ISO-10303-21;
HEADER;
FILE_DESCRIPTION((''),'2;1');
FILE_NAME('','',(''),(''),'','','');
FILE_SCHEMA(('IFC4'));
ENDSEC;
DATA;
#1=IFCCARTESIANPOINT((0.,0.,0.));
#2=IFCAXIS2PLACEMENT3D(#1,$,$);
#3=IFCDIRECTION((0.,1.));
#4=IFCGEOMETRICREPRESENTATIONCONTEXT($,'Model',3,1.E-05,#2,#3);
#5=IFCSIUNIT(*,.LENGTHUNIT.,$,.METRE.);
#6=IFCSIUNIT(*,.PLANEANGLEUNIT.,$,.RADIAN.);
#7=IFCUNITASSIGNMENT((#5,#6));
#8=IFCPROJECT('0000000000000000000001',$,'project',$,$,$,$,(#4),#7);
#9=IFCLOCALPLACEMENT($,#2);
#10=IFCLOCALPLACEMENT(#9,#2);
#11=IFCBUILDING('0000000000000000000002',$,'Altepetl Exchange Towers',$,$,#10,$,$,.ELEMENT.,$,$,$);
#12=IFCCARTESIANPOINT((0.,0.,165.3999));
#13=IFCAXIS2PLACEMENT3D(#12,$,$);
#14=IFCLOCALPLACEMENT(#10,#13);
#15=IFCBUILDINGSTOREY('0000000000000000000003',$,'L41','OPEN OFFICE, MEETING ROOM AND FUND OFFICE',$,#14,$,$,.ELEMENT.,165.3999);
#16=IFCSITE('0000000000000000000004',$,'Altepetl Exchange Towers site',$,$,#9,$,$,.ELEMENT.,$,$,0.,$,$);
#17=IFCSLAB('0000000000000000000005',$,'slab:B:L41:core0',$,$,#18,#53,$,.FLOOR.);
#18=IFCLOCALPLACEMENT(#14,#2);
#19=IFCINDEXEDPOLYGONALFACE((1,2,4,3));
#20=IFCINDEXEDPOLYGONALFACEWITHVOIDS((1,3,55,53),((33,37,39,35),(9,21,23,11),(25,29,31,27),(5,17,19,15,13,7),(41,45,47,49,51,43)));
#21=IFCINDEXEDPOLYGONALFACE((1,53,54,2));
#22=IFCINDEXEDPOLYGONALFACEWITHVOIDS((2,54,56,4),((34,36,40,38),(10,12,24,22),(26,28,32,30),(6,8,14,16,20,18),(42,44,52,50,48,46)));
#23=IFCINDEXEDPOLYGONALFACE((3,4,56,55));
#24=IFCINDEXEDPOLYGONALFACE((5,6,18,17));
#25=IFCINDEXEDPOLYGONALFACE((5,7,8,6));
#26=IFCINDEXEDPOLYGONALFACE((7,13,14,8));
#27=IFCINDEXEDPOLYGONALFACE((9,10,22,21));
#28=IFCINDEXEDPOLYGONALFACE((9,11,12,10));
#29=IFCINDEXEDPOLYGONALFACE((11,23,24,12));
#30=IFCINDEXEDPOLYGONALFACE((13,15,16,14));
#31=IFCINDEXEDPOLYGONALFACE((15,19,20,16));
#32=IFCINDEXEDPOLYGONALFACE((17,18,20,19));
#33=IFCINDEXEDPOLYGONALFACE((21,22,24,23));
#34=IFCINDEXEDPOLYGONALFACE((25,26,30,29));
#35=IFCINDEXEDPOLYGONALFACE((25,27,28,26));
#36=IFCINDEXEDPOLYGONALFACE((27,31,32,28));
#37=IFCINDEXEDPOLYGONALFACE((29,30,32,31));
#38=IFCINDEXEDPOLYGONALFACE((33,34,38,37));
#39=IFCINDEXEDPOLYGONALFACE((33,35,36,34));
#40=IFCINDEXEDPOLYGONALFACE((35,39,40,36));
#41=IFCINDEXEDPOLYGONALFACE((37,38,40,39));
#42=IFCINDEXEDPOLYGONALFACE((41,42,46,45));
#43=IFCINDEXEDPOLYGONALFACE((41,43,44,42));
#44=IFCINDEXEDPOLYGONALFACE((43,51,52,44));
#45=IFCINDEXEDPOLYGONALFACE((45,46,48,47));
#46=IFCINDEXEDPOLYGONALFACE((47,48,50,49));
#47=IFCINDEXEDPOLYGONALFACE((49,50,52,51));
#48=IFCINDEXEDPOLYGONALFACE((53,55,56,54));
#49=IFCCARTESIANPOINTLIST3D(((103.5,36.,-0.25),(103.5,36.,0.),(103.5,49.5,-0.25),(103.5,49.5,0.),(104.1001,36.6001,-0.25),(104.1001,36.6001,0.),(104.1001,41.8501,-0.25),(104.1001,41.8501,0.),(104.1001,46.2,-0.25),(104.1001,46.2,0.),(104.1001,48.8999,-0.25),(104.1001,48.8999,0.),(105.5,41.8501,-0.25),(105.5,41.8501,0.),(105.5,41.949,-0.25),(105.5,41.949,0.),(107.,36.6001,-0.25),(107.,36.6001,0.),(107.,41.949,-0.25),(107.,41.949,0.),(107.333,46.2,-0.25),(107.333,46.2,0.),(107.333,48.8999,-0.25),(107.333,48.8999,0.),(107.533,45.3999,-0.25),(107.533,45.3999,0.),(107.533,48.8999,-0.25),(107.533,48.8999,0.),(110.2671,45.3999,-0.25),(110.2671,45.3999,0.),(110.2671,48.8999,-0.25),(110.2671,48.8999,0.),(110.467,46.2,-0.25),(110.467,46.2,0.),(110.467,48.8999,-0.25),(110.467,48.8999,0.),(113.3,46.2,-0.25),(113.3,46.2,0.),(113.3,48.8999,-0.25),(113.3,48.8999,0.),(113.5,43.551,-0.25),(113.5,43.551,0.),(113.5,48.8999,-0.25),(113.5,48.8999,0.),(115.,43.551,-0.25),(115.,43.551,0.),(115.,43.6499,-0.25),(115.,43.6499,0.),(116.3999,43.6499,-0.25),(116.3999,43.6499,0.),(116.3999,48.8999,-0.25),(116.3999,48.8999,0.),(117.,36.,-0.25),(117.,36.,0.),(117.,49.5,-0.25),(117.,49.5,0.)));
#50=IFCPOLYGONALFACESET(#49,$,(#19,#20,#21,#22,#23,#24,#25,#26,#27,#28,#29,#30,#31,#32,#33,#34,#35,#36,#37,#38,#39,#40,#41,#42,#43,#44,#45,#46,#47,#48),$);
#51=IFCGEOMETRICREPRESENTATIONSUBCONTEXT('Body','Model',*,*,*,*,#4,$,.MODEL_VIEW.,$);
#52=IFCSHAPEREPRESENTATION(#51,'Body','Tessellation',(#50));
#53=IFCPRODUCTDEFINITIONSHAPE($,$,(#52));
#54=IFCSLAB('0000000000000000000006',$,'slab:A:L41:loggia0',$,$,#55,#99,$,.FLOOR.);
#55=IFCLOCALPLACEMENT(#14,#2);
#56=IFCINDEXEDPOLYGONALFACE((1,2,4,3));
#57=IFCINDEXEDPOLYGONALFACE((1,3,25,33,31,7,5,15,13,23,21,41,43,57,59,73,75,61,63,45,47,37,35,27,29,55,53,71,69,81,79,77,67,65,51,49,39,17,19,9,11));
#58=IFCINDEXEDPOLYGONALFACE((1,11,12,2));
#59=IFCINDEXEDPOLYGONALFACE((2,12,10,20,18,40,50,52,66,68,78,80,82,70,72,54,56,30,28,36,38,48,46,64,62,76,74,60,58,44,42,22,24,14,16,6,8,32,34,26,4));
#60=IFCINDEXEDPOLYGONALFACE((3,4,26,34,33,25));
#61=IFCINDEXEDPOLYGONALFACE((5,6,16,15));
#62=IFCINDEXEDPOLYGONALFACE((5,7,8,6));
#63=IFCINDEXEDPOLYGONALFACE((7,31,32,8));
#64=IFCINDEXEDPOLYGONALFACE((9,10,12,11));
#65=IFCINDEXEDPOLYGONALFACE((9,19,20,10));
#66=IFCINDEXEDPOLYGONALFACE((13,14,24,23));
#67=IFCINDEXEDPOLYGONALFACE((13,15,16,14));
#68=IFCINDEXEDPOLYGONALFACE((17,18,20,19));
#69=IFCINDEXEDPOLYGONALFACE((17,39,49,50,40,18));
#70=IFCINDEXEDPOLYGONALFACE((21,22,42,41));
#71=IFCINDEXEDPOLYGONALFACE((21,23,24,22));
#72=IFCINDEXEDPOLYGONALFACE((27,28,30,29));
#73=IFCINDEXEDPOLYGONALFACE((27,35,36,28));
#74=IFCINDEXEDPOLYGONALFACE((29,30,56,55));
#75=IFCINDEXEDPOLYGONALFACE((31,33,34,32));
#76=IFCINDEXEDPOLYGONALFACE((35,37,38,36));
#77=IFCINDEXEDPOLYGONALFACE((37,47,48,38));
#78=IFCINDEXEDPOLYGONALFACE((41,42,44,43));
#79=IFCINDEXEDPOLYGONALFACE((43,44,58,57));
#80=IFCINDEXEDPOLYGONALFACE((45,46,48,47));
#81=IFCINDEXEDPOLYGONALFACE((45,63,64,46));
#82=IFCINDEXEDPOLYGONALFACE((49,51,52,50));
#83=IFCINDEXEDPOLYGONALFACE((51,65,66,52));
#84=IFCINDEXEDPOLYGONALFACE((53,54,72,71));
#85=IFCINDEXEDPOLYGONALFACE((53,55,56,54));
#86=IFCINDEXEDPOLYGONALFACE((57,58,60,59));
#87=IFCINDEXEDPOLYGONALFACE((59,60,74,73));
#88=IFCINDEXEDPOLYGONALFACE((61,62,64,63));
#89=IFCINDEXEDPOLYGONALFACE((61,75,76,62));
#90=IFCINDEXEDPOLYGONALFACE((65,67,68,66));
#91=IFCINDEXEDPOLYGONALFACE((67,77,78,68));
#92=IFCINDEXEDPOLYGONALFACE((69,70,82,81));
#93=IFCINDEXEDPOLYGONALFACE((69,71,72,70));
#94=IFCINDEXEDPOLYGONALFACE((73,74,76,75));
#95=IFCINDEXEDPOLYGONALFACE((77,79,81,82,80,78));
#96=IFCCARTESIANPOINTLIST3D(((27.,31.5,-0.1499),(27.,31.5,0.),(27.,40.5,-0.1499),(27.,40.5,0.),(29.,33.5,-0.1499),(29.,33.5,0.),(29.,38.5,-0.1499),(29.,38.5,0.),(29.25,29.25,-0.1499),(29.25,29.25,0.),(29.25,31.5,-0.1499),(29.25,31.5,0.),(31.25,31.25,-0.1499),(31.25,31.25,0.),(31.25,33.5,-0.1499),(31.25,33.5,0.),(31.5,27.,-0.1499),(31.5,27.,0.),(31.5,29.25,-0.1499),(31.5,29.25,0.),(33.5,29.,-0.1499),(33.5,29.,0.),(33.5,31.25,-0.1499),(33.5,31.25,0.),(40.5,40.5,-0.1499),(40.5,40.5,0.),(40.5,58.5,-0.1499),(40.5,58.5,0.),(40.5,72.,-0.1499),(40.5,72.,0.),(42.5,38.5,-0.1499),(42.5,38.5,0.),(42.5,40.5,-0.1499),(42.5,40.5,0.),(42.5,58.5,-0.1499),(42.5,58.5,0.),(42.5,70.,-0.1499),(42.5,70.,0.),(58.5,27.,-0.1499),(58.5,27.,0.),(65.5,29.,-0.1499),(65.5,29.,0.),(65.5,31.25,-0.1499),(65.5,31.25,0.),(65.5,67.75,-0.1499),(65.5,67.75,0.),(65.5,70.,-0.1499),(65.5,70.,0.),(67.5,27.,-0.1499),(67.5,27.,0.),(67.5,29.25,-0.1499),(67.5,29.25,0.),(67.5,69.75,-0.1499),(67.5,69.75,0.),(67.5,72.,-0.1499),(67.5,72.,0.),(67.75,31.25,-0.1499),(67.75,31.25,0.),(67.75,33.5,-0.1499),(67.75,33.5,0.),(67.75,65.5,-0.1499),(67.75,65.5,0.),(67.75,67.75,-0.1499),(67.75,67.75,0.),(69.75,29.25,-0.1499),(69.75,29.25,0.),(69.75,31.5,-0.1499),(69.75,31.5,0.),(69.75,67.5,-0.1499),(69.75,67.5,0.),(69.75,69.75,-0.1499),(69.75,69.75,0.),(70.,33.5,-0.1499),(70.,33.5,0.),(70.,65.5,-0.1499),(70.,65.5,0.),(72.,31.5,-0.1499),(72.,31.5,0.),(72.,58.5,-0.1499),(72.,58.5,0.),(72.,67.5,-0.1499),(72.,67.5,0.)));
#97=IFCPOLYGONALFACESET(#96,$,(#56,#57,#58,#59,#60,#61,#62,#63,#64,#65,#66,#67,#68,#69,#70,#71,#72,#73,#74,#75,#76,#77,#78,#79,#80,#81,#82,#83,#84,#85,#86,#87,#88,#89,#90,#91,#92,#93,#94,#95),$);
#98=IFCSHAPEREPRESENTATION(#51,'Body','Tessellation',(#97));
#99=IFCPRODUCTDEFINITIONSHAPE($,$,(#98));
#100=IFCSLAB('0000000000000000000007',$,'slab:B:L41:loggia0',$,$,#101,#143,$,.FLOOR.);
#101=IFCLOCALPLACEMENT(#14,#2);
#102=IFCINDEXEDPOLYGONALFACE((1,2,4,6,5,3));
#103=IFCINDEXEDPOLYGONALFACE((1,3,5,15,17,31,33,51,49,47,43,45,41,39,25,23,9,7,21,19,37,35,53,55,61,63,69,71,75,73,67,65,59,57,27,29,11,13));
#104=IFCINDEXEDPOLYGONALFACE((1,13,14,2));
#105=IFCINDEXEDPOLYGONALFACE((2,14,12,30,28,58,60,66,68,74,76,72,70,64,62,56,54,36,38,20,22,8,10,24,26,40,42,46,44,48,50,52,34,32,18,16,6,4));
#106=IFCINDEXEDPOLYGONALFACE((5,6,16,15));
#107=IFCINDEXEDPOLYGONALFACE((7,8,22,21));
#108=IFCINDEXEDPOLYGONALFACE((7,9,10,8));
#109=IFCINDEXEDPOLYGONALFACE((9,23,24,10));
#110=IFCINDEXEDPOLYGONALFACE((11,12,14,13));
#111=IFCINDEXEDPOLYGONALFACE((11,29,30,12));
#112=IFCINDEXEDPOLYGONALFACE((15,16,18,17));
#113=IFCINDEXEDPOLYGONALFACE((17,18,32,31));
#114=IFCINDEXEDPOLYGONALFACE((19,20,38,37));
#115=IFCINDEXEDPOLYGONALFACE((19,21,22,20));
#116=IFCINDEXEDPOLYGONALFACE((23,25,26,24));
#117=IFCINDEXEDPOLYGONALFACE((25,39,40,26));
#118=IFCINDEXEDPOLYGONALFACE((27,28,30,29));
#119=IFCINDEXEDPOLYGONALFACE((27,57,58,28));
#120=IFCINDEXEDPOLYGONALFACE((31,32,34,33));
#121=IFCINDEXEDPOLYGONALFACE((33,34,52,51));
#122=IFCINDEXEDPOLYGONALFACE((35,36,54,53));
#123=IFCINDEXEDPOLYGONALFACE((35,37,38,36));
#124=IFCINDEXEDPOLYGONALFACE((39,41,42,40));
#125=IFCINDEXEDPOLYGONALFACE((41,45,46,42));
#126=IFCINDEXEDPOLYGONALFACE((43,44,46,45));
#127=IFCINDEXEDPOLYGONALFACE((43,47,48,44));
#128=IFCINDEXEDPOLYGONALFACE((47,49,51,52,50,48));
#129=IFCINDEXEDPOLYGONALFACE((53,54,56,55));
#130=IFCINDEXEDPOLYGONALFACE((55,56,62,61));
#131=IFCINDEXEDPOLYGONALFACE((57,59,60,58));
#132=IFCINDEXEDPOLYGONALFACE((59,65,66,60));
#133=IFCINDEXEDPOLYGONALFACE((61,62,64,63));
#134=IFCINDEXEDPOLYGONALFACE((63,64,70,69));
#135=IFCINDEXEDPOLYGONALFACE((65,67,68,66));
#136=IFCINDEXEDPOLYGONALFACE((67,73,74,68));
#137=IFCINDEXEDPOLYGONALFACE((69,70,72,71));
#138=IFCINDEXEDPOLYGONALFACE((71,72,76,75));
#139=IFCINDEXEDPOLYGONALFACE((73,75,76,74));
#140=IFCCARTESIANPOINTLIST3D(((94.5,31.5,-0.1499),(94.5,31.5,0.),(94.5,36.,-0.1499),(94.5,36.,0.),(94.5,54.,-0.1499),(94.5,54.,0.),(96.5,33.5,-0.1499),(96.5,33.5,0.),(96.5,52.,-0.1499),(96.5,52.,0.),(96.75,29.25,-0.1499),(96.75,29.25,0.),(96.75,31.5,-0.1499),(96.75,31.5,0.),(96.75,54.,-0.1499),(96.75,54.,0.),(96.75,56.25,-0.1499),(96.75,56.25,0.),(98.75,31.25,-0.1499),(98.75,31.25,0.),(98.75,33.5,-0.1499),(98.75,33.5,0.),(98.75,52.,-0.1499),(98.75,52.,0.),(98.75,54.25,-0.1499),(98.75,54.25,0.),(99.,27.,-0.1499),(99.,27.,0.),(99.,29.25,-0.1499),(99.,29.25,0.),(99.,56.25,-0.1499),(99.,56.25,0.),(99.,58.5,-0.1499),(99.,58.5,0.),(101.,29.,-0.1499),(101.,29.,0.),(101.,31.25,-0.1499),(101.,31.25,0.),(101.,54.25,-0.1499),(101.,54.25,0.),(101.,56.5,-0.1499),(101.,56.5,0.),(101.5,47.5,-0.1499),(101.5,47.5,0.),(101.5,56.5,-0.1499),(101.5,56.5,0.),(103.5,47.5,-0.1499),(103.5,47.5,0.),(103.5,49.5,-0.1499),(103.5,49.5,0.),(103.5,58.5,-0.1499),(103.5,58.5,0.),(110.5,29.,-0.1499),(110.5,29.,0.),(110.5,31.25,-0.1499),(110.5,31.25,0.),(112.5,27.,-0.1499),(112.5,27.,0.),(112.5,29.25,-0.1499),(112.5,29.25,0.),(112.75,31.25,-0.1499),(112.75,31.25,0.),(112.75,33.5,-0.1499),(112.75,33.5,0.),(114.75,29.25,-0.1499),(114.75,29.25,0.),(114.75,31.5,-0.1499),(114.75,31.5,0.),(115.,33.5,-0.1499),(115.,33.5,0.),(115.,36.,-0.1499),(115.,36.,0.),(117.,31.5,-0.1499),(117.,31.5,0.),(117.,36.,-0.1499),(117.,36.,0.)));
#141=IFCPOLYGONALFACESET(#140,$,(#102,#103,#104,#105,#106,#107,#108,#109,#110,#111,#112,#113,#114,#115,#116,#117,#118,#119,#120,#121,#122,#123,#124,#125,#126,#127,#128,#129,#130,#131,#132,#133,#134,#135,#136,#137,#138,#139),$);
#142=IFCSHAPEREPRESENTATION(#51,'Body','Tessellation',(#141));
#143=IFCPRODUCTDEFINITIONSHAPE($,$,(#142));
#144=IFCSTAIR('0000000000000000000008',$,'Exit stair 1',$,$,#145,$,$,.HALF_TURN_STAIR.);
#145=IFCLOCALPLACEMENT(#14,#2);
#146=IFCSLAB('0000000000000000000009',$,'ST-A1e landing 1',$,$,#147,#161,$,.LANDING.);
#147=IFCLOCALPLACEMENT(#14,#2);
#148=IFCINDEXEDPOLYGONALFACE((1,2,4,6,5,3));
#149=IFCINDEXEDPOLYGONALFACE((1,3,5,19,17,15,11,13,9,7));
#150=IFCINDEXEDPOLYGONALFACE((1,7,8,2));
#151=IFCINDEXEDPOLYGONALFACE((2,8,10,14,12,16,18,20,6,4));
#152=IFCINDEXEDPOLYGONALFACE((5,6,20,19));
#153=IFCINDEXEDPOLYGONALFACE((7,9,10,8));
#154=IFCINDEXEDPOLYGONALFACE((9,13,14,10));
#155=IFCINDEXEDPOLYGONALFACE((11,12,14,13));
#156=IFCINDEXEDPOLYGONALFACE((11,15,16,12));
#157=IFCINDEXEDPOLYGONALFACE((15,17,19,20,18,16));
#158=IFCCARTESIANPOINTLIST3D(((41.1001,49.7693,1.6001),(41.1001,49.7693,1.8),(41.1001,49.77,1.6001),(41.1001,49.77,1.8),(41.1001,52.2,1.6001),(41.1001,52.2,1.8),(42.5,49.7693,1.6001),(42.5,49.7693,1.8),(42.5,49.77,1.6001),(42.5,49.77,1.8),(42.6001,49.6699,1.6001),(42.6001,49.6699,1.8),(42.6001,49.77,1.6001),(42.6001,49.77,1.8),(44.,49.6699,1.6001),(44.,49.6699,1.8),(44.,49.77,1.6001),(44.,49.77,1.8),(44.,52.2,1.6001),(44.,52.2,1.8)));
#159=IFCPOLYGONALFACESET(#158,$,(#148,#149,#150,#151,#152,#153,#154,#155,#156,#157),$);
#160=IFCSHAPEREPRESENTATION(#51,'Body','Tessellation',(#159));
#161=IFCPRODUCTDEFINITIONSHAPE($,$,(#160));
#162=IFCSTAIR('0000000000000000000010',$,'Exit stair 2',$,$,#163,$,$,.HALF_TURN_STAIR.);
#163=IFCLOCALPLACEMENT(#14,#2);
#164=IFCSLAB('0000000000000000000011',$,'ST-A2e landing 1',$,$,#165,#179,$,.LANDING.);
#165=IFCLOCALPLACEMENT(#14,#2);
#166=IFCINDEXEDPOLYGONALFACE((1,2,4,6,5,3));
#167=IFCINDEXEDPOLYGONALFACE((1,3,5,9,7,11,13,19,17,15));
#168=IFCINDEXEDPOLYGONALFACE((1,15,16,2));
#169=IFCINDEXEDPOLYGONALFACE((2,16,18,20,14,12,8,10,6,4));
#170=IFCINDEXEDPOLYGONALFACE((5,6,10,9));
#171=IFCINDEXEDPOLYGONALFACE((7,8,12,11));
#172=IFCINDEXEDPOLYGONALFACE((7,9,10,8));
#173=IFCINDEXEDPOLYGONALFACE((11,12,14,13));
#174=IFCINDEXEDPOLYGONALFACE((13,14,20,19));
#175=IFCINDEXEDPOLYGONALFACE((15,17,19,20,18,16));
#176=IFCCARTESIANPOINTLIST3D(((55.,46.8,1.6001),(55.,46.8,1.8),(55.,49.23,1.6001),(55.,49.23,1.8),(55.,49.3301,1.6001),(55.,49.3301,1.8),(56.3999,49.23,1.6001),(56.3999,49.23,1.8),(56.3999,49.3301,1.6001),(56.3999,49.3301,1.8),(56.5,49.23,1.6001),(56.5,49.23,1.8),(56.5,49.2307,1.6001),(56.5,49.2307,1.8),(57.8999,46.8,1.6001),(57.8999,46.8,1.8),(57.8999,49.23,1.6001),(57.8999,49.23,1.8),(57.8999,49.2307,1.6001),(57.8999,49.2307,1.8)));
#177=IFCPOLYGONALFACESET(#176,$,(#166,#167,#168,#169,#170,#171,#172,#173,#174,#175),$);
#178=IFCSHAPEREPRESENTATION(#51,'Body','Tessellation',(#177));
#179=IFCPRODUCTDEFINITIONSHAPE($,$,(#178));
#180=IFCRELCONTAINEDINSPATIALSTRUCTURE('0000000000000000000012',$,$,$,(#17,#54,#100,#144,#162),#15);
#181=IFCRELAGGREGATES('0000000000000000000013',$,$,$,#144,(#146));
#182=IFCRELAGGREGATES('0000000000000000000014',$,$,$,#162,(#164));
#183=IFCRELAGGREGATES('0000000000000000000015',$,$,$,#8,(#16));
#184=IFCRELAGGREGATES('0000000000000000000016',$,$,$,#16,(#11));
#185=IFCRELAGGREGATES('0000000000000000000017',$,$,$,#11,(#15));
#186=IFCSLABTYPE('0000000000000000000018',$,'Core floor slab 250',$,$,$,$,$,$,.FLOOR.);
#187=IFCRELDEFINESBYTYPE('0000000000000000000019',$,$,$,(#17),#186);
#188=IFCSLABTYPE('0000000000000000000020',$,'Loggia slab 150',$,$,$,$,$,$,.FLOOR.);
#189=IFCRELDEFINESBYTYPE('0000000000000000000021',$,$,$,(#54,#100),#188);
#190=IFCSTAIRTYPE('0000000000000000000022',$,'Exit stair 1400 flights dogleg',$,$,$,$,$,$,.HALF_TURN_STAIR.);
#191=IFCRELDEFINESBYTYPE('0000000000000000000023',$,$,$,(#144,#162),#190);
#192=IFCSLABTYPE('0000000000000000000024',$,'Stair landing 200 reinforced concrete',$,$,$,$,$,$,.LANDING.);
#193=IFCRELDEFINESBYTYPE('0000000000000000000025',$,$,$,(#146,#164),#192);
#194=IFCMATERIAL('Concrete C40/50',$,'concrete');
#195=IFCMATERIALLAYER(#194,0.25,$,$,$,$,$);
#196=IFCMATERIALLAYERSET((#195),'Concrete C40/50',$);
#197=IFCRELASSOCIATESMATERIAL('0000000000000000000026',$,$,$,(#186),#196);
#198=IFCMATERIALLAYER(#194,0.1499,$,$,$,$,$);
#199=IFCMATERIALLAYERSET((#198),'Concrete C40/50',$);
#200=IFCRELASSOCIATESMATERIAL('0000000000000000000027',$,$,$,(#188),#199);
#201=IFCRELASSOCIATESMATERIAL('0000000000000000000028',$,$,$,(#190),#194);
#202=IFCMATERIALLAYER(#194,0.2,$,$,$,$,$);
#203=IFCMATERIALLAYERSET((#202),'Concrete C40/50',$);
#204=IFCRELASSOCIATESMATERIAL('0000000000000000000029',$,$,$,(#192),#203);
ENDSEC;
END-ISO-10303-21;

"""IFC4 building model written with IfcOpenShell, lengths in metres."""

from ifc_helpers import new_model, si_unit, direction, frame, origin, place, context, subcontext, project, spatial, polyline, outline, extrude, material, layer, layer_set, type_object, element, aggregate, save


model = new_model("IFC4")

# Units and contexts
model_context = context("Model", 3, precision=1e-05, world=origin(), true_north=direction((0.0, 1.0)))
body_context = subcontext(model_context, "Body", "Model", "MODEL_VIEW")
ifc_project = project(units=[si_unit("LENGTHUNIT", "METRE"), si_unit("PLANEANGLEUNIT", "RADIAN")], contexts=[model_context])

# Site, building, storey
site_placement = place(None, origin())
site = spatial("IfcSite", under=ifc_project, at=site_placement, Name="Altepetl Exchange Towers site", CompositionType="ELEMENT", RefElevation=0.0)
building_placement = place(site_placement, origin())
building = spatial("IfcBuilding", under=site, at=building_placement, Name="Altepetl Exchange Towers", CompositionType="ELEMENT")
storey_placement = place(building_placement, frame((0.0, 0.0, 165.3999)))
storey = spatial("IfcBuildingStorey", under=building, at=storey_placement, Name="L41", Description="OPEN OFFICE, MEETING ROOM AND FUND OFFICE", CompositionType="ELEMENT", Elevation=165.3999)

# Slabs
ifc_material_1 = material(Name="Concrete C40/50", Category="concrete")
ifc_layer_1 = layer(ifc_material_1, 0.25)
ifc_layer_set_1 = layer_set([ifc_layer_1], Name="Concrete C40/50")
slab_type_1 = type_object("IfcSlabType", Name="Core floor slab 250", PredefinedType="FLOOR", material=ifc_layer_set_1)
slab_1_placement = place(storey_placement, frame((0.0, 0.0, -0.25)))
element("IfcSlab", 1, at=slab_1_placement, inside=storey, type_object=slab_type_1, Name="slab:B:L41:core0", PredefinedType="FLOOR", context=body_context, shape_type="SweptSolid", body=[
    extrude(outline(polyline([(103.5, 36.0), (117.0, 36.0), (117.0, 49.5), (103.5, 49.5), (103.5, 36.0)]), holes=[polyline([(107.0, 36.6001), (104.1001, 36.6001), (104.1001, 41.8501), (105.5, 41.8501), (105.5, 41.949), (107.0, 41.949), (107.0, 36.6001)]), polyline([(113.5, 48.8999), (116.3999, 48.8999), (116.3999, 43.6499), (115.0, 43.6499), (115.0, 43.551), (113.5, 43.551), (113.5, 48.8999)]), polyline([(107.533, 45.3999), (107.533, 48.8999), (110.2671, 48.8999), (110.2671, 45.3999), (107.533, 45.3999)]), polyline([(104.1001, 48.8999), (107.333, 48.8999), (107.333, 46.2), (104.1001, 46.2), (104.1001, 48.8999)]), polyline([(110.467, 48.8999), (113.3, 48.8999), (113.3, 46.2), (110.467, 46.2), (110.467, 48.8999)])]), origin(), (0.0, 0.0, 1.0), 0.25),
])
ifc_layer_2 = layer(ifc_material_1, 0.1499)
ifc_layer_set_2 = layer_set([ifc_layer_2], Name="Concrete C40/50")
slab_type_2 = type_object("IfcSlabType", Name="Loggia slab 150", PredefinedType="FLOOR", material=ifc_layer_set_2)
slab_2_placement = place(storey_placement, frame((0.0, 0.0, -0.1499)))
element("IfcSlab", 2, at=slab_2_placement, inside=storey, type_object=slab_type_2, Name="slab:A:L41:loggia0", PredefinedType="FLOOR", context=body_context, shape_type="SweptSolid", body=[
    extrude(outline(polyline([(40.5, 72.0), (40.5, 58.5), (42.5, 58.5), (42.5, 70.0), (65.5, 70.0), (65.5, 67.75), (67.75, 67.75), (67.75, 65.5), (70.0, 65.5), (70.0, 33.5), (67.75, 33.5), (67.75, 31.25), (65.5, 31.25), (65.5, 29.0), (33.5, 29.0), (33.5, 31.25), (31.25, 31.25), (31.25, 33.5), (29.0, 33.5), (29.0, 38.5), (42.5, 38.5), (42.5, 40.5), (40.5, 40.5), (27.0, 40.5), (27.0, 31.5), (29.25, 31.5), (29.25, 29.25), (31.5, 29.25), (31.5, 27.0), (58.5, 27.0), (67.5, 27.0), (67.5, 29.25), (69.75, 29.25), (69.75, 31.5), (72.0, 31.5), (72.0, 58.5), (72.0, 67.5), (69.75, 67.5), (69.75, 69.75), (67.5, 69.75), (67.5, 72.0), (40.5, 72.0)])), origin(), (0.0, 0.0, 1.0), 0.1499),
])
slab_3_placement = place(storey_placement, frame((0.0, 0.0, -0.1499)))
element("IfcSlab", 3, at=slab_3_placement, inside=storey, type_object=slab_type_2, Name="slab:B:L41:loggia0", PredefinedType="FLOOR", context=body_context, shape_type="SweptSolid", body=[
    extrude(outline(polyline([(99.0, 29.25), (99.0, 27.0), (112.5, 27.0), (112.5, 29.25), (114.75, 29.25), (114.75, 31.5), (117.0, 31.5), (117.0, 36.0), (115.0, 36.0), (115.0, 33.5), (112.75, 33.5), (112.75, 31.25), (110.5, 31.25), (110.5, 29.0), (101.0, 29.0), (101.0, 31.25), (98.75, 31.25), (98.75, 33.5), (96.5, 33.5), (96.5, 52.0), (98.75, 52.0), (98.75, 54.25), (101.0, 54.25), (101.0, 56.5), (101.5, 56.5), (101.5, 47.5), (103.5, 47.5), (103.5, 49.5), (103.5, 58.5), (99.0, 58.5), (99.0, 56.25), (96.75, 56.25), (96.75, 54.0), (94.5, 54.0), (94.5, 36.0), (94.5, 31.5), (96.75, 31.5), (96.75, 29.25), (99.0, 29.25)])), origin(), (0.0, 0.0, 1.0), 0.1499),
])

# Stairs, slabs
stair_type = type_object("IfcStairType", Name="Exit stair 1400 flights dogleg", PredefinedType="HALF_TURN_STAIR", material=ifc_material_1)
stair_1_placement = place(storey_placement, origin())
stair_1 = element("IfcStair", 4, at=stair_1_placement, inside=storey, type_object=stair_type, Name="Exit stair 1", PredefinedType="HALF_TURN_STAIR")
ifc_layer_3 = layer(ifc_material_1, 0.2)
ifc_layer_set_3 = layer_set([ifc_layer_3], Name="Concrete C40/50")
slab_type_3 = type_object("IfcSlabType", Name="Stair landing 200 reinforced concrete", PredefinedType="LANDING", material=ifc_layer_set_3)
slab_4_placement = place(storey_placement, frame((0.0, 0.0, 1.6001)))
slab_4 = element("IfcSlab", 5, at=slab_4_placement, type_object=slab_type_3, Name="ST-A1e landing 1", PredefinedType="LANDING", context=body_context, shape_type="SweptSolid", body=[
    extrude(outline(polyline([(44.0, 49.6699), (42.6001, 49.6699), (42.6001, 49.77), (42.5, 49.77), (42.5, 49.7693), (41.1001, 49.7693), (41.1001, 49.77), (41.1001, 52.2), (44.0, 52.2), (44.0, 49.77), (44.0, 49.6699)])), origin(), (0.0, 0.0, 1.0), 0.2),
])
aggregate(stair_1, [slab_4])
stair_2_placement = place(storey_placement, origin())
stair_2 = element("IfcStair", 6, at=stair_2_placement, inside=storey, type_object=stair_type, Name="Exit stair 2", PredefinedType="HALF_TURN_STAIR")
slab_5_placement = place(storey_placement, frame((0.0, 0.0, 1.6001)))
slab_5 = element("IfcSlab", 7, at=slab_5_placement, type_object=slab_type_3, Name="ST-A2e landing 1", PredefinedType="LANDING", context=body_context, shape_type="SweptSolid", body=[
    extrude(outline(polyline([(57.8999, 46.8), (55.0, 46.8), (55.0, 49.23), (55.0, 49.3301), (56.3999, 49.3301), (56.3999, 49.23), (56.5, 49.23), (56.5, 49.2307), (57.8999, 49.2307), (57.8999, 49.23), (57.8999, 46.8)])), origin(), (0.0, 0.0, 1.0), 0.2),
])
aggregate(stair_2, [slab_5])

save(model, "model.ifc")
